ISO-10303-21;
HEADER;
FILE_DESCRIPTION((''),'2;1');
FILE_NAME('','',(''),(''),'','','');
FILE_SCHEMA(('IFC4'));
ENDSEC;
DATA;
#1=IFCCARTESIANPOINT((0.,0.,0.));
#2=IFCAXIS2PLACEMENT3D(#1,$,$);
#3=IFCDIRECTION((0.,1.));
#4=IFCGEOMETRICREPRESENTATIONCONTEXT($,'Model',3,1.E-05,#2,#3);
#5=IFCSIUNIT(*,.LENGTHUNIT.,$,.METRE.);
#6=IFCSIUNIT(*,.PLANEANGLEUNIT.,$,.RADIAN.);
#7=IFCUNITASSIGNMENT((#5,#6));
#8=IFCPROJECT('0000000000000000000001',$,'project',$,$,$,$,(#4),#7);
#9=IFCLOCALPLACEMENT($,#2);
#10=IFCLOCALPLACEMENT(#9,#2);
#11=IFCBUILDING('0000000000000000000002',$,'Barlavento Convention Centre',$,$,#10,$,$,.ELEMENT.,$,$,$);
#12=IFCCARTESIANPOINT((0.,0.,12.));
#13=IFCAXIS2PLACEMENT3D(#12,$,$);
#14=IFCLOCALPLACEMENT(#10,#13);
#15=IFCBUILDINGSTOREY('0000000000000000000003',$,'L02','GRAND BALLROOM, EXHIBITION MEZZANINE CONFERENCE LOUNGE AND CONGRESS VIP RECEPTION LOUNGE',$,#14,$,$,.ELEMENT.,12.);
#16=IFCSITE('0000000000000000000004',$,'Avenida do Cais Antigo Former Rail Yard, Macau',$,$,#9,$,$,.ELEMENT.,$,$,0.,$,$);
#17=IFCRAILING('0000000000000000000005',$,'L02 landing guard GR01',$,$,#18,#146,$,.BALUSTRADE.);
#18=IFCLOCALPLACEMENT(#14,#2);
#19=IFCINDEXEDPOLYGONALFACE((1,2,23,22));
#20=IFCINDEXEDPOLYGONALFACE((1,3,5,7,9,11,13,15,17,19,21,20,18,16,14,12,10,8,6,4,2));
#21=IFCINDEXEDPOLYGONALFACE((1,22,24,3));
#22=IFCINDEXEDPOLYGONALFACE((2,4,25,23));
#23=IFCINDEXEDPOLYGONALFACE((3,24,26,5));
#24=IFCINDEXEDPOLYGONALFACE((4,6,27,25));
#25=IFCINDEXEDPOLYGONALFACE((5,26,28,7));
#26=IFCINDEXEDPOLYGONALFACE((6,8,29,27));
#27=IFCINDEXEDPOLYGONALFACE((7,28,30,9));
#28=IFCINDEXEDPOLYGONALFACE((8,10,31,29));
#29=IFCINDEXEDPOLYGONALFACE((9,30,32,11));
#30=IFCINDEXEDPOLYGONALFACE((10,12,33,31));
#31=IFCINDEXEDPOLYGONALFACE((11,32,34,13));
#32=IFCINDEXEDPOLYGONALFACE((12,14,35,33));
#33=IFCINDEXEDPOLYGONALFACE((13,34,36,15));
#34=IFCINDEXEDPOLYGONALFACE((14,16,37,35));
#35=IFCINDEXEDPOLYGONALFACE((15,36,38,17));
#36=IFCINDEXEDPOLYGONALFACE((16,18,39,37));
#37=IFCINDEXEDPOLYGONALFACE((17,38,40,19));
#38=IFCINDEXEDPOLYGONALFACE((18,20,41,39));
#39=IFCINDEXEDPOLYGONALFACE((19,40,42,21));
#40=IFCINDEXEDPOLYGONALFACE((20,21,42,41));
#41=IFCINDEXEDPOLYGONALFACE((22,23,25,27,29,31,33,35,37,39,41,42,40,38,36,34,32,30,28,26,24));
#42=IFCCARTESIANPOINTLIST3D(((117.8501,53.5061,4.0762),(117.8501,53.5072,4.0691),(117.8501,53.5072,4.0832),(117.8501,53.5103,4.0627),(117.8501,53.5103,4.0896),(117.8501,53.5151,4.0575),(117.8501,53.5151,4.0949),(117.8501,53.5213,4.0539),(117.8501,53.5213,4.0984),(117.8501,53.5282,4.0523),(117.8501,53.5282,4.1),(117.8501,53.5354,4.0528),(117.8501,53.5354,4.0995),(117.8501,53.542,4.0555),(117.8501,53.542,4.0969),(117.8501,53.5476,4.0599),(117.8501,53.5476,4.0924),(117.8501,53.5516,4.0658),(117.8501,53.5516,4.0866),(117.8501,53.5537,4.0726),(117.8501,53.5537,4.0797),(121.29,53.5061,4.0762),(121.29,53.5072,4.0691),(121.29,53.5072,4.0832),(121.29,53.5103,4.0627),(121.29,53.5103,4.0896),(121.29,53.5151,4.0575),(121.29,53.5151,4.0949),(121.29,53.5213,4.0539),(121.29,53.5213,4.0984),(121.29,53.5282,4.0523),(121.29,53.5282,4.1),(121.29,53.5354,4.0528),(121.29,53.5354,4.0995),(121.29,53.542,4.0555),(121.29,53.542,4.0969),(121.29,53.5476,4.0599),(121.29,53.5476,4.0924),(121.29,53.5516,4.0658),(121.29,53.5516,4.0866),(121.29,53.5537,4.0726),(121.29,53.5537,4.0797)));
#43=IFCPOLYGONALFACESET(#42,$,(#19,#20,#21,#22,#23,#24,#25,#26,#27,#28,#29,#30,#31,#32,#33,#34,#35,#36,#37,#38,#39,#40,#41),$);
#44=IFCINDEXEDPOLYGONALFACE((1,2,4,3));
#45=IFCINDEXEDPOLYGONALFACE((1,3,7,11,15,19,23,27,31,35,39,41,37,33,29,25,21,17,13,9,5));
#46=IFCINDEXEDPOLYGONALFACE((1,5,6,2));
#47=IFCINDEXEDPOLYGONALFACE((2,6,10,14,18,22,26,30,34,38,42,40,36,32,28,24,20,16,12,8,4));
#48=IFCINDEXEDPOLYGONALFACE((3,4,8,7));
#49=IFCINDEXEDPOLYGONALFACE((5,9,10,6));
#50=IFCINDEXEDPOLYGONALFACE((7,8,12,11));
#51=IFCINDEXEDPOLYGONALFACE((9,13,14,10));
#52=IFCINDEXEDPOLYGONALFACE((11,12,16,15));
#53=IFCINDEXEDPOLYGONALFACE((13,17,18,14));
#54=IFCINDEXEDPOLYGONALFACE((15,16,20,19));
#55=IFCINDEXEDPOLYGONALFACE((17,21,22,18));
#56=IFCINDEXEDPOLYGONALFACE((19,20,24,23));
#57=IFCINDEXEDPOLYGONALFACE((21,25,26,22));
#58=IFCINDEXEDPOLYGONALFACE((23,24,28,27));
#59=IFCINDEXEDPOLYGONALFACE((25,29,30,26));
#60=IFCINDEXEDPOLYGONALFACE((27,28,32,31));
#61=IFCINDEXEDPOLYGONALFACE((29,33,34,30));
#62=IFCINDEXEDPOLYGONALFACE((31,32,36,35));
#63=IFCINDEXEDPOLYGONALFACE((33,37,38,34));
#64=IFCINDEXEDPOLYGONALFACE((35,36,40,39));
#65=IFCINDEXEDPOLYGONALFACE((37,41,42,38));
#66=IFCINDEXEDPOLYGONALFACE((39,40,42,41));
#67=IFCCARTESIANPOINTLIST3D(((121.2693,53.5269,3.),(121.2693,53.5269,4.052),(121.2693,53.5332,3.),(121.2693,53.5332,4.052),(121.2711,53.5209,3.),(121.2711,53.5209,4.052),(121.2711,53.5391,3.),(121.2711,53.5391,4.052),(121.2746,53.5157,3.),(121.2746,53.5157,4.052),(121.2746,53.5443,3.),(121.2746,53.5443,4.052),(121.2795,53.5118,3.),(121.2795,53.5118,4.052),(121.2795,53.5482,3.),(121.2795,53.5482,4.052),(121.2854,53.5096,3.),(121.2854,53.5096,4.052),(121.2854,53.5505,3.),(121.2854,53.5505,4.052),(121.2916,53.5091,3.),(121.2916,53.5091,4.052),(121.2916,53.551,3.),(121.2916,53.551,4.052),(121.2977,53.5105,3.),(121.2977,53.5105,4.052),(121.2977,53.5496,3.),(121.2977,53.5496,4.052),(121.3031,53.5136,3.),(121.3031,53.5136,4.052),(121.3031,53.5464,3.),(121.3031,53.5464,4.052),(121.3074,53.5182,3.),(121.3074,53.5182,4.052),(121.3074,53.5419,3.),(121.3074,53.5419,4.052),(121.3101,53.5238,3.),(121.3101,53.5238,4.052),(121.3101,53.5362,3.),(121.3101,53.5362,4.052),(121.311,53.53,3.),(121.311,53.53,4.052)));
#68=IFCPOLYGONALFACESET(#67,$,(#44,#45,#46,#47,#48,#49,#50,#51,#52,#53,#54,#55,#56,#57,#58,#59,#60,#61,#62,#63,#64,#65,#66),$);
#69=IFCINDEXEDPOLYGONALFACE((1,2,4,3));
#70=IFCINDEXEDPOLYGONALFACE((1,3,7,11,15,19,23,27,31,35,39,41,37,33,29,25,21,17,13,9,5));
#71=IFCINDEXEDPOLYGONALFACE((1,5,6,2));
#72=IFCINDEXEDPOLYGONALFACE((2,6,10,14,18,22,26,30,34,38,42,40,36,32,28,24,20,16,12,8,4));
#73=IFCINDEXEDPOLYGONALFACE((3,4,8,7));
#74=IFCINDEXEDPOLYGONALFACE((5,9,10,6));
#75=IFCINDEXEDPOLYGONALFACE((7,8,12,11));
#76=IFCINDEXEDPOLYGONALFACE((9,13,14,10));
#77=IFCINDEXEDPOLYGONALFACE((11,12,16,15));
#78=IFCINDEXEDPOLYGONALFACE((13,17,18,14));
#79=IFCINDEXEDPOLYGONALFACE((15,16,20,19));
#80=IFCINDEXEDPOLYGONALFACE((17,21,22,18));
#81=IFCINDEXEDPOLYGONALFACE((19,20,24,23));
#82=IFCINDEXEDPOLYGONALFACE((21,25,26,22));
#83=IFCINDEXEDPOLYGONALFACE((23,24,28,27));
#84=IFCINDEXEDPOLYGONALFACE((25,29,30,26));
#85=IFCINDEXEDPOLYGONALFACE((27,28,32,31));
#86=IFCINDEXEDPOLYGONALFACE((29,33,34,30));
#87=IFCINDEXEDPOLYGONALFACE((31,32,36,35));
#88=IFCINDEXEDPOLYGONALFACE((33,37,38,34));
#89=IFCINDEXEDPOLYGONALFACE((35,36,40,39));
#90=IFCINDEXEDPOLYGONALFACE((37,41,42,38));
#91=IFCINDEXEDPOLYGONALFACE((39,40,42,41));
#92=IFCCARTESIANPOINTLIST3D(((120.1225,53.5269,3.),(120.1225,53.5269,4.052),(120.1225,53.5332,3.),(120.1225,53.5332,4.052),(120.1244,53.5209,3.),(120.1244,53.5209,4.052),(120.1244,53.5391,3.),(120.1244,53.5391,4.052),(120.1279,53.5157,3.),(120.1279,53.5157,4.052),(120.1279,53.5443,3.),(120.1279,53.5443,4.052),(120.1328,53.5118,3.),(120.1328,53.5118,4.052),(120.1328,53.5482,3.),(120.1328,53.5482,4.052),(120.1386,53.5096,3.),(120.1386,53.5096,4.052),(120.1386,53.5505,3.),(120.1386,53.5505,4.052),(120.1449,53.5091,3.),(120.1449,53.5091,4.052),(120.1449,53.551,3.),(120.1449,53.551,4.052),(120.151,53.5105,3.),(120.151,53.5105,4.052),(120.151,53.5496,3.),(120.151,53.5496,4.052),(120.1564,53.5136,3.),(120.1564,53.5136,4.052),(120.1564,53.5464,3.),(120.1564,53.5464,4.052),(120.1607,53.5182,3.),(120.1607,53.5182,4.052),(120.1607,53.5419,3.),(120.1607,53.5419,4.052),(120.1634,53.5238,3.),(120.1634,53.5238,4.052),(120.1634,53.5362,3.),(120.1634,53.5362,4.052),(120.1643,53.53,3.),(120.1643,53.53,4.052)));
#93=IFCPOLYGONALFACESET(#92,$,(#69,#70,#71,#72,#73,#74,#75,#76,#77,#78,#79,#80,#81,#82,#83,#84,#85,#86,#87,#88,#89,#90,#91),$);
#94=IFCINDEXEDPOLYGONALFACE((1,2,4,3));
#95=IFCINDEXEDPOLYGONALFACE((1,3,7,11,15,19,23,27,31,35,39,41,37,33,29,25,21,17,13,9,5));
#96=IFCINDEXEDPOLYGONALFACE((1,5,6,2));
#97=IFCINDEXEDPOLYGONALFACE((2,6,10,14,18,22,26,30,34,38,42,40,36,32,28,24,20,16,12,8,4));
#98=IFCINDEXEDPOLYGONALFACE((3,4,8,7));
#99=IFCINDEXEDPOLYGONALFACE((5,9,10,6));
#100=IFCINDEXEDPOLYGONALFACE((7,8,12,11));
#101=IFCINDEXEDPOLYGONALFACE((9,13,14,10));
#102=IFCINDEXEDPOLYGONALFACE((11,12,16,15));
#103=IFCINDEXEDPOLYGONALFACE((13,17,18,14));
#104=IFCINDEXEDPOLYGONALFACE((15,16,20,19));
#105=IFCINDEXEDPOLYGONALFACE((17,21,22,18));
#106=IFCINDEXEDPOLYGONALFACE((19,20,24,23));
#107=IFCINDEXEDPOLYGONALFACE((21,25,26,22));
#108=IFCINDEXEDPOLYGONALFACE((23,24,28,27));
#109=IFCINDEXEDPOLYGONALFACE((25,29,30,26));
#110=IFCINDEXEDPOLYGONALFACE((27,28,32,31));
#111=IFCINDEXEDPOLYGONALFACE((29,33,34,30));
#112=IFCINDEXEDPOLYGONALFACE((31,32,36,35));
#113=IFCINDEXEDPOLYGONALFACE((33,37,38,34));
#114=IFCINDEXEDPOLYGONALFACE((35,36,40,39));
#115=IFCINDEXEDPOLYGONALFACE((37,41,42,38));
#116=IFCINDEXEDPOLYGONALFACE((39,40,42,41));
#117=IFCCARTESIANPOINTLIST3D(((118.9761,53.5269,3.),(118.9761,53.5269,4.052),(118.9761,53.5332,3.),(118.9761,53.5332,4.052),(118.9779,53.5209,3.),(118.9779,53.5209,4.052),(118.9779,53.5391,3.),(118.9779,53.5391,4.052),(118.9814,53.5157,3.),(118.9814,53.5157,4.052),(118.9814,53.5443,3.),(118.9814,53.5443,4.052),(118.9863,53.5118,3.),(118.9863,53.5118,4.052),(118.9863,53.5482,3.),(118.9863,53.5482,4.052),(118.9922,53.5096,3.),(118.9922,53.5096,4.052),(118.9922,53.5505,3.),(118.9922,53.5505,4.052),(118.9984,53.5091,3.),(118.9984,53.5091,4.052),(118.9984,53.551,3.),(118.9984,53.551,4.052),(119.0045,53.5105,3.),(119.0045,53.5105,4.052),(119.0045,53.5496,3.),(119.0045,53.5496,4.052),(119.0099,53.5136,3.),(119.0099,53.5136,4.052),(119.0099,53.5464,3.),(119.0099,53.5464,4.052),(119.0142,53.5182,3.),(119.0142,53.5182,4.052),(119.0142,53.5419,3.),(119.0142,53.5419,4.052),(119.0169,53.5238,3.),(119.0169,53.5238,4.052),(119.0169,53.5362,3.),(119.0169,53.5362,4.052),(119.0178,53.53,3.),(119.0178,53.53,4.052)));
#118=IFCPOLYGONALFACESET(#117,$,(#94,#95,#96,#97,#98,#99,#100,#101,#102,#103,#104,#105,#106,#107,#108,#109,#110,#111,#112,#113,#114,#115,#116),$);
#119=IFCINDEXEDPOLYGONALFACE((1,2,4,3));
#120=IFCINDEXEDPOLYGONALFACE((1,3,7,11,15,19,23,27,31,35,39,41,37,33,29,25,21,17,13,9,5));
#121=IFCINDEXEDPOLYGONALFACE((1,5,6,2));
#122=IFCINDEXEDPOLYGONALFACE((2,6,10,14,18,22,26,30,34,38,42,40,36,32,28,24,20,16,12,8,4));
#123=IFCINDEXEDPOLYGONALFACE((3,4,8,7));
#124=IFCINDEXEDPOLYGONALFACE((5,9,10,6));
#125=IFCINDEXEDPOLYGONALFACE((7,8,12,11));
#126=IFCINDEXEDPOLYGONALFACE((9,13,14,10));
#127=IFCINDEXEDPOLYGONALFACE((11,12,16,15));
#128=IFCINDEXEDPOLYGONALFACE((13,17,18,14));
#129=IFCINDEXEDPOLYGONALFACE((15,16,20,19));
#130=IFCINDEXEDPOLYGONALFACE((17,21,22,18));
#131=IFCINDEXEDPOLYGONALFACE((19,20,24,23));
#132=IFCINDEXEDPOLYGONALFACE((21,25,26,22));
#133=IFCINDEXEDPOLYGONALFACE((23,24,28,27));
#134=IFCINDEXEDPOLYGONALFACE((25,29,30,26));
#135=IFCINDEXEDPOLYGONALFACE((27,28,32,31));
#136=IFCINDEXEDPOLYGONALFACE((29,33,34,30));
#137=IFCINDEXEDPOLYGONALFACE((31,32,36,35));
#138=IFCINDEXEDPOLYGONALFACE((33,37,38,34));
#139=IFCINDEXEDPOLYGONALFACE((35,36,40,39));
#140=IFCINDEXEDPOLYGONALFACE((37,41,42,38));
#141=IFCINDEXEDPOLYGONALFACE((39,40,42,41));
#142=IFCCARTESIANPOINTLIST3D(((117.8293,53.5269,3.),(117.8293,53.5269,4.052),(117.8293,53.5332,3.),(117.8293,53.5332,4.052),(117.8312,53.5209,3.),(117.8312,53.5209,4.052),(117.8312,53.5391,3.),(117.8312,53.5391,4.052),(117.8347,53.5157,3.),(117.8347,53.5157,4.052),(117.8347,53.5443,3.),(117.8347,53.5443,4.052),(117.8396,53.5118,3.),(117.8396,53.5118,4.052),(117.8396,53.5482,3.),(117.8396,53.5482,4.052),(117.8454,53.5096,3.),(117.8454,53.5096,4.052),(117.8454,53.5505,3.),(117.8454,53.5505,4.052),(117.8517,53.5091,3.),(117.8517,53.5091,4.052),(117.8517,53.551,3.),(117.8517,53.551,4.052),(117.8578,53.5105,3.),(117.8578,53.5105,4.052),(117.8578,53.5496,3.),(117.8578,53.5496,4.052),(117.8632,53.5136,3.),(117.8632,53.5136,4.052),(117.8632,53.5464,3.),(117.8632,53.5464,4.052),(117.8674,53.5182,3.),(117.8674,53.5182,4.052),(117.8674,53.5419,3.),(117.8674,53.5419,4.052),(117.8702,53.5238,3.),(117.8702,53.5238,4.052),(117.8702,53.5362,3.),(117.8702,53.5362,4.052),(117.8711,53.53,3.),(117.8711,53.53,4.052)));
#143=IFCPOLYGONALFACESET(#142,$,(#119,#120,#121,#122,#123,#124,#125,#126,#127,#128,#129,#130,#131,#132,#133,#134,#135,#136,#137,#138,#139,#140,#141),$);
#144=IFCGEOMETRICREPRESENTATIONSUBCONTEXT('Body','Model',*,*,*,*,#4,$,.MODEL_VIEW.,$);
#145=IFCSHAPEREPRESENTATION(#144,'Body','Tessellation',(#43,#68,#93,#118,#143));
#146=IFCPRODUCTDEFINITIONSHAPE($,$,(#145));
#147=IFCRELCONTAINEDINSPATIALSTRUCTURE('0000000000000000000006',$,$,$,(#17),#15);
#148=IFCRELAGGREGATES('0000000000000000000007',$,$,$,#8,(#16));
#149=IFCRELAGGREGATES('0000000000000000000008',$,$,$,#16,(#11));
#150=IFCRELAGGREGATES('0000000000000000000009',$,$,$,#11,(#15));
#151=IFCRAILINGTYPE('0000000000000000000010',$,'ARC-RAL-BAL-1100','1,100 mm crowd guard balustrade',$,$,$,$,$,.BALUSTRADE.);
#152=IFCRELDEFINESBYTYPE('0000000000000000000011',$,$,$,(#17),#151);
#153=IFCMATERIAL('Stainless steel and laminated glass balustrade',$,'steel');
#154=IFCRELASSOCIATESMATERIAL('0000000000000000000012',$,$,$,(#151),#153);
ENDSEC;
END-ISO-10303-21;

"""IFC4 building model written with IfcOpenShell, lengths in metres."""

from ifc_helpers import new_model, si_unit, direction, frame, origin, origin_2d, place, context, subcontext, project, spatial, circle, extrude, material, type_object, element, save


model = new_model("IFC4")

# Units and contexts
model_context = context("Model", 3, precision=1e-05, world=origin(), true_north=direction((0.0, 1.0)))
body_context = subcontext(model_context, "Body", "Model", "MODEL_VIEW")
ifc_project = project(units=[si_unit("LENGTHUNIT", "METRE"), si_unit("PLANEANGLEUNIT", "RADIAN")], contexts=[model_context])

# Site, building, storey
site_placement = place(None, origin())
site = spatial("IfcSite", under=ifc_project, at=site_placement, Name="Avenida do Cais Antigo Former Rail Yard, Macau", CompositionType="ELEMENT", RefElevation=0.0)
building_placement = place(site_placement, origin())
building = spatial("IfcBuilding", under=site, at=building_placement, Name="Barlavento Convention Centre", CompositionType="ELEMENT")
storey_placement = place(building_placement, frame((0.0, 0.0, 12.0)))
storey = spatial("IfcBuildingStorey", under=building, at=storey_placement, Name="L02", Description="GRAND BALLROOM, EXHIBITION MEZZANINE CONFERENCE LOUNGE AND CONGRESS VIP RECEPTION LOUNGE", CompositionType="ELEMENT", Elevation=12.0)

# Railing
ifc_material_1 = material(Name="Stainless steel and laminated glass balustrade", Category="steel")
railing_type_1 = type_object("IfcRailingType", Name="ARC-RAL-BAL-1100", Description="1,100 mm crowd guard balustrade", PredefinedType="BALUSTRADE", material=ifc_material_1)
railing_1_placement = place(storey_placement, frame((121.29, 53.53, 3.0)))
element("IfcRailing", 1, at=railing_1_placement, inside=storey, type_object=railing_type_1, Name="L02 landing guard GR01", PredefinedType="BALUSTRADE", context=body_context, shape_type="SweptSolid", body=[
    extrude(circle(Radius=0.0239, at=origin_2d()), frame((0.0, 0.0, 1.0762), z_axis=(-1.0, 0.0, 0.0), x_axis=(0.0, -1.0, 0.0)), (0.0, 0.0, 1.0), 3.4399),
    extrude(circle(Radius=0.021, at=origin_2d()), origin(), (0.0, 0.0, 1.0), 1.052),
    extrude(circle(Radius=0.021, at=origin_2d()), frame((-1.1467, 0.0, 0.0)), (0.0, 0.0, 1.0), 1.052),
    extrude(circle(Radius=0.021, at=origin_2d()), frame((-2.2932, 0.0, 0.0)), (0.0, 0.0, 1.0), 1.052),
    extrude(circle(Radius=0.021, at=origin_2d()), frame((-3.4399, 0.0, 0.0)), (0.0, 0.0, 1.0), 1.052),
])

save(model, "model.ifc")
